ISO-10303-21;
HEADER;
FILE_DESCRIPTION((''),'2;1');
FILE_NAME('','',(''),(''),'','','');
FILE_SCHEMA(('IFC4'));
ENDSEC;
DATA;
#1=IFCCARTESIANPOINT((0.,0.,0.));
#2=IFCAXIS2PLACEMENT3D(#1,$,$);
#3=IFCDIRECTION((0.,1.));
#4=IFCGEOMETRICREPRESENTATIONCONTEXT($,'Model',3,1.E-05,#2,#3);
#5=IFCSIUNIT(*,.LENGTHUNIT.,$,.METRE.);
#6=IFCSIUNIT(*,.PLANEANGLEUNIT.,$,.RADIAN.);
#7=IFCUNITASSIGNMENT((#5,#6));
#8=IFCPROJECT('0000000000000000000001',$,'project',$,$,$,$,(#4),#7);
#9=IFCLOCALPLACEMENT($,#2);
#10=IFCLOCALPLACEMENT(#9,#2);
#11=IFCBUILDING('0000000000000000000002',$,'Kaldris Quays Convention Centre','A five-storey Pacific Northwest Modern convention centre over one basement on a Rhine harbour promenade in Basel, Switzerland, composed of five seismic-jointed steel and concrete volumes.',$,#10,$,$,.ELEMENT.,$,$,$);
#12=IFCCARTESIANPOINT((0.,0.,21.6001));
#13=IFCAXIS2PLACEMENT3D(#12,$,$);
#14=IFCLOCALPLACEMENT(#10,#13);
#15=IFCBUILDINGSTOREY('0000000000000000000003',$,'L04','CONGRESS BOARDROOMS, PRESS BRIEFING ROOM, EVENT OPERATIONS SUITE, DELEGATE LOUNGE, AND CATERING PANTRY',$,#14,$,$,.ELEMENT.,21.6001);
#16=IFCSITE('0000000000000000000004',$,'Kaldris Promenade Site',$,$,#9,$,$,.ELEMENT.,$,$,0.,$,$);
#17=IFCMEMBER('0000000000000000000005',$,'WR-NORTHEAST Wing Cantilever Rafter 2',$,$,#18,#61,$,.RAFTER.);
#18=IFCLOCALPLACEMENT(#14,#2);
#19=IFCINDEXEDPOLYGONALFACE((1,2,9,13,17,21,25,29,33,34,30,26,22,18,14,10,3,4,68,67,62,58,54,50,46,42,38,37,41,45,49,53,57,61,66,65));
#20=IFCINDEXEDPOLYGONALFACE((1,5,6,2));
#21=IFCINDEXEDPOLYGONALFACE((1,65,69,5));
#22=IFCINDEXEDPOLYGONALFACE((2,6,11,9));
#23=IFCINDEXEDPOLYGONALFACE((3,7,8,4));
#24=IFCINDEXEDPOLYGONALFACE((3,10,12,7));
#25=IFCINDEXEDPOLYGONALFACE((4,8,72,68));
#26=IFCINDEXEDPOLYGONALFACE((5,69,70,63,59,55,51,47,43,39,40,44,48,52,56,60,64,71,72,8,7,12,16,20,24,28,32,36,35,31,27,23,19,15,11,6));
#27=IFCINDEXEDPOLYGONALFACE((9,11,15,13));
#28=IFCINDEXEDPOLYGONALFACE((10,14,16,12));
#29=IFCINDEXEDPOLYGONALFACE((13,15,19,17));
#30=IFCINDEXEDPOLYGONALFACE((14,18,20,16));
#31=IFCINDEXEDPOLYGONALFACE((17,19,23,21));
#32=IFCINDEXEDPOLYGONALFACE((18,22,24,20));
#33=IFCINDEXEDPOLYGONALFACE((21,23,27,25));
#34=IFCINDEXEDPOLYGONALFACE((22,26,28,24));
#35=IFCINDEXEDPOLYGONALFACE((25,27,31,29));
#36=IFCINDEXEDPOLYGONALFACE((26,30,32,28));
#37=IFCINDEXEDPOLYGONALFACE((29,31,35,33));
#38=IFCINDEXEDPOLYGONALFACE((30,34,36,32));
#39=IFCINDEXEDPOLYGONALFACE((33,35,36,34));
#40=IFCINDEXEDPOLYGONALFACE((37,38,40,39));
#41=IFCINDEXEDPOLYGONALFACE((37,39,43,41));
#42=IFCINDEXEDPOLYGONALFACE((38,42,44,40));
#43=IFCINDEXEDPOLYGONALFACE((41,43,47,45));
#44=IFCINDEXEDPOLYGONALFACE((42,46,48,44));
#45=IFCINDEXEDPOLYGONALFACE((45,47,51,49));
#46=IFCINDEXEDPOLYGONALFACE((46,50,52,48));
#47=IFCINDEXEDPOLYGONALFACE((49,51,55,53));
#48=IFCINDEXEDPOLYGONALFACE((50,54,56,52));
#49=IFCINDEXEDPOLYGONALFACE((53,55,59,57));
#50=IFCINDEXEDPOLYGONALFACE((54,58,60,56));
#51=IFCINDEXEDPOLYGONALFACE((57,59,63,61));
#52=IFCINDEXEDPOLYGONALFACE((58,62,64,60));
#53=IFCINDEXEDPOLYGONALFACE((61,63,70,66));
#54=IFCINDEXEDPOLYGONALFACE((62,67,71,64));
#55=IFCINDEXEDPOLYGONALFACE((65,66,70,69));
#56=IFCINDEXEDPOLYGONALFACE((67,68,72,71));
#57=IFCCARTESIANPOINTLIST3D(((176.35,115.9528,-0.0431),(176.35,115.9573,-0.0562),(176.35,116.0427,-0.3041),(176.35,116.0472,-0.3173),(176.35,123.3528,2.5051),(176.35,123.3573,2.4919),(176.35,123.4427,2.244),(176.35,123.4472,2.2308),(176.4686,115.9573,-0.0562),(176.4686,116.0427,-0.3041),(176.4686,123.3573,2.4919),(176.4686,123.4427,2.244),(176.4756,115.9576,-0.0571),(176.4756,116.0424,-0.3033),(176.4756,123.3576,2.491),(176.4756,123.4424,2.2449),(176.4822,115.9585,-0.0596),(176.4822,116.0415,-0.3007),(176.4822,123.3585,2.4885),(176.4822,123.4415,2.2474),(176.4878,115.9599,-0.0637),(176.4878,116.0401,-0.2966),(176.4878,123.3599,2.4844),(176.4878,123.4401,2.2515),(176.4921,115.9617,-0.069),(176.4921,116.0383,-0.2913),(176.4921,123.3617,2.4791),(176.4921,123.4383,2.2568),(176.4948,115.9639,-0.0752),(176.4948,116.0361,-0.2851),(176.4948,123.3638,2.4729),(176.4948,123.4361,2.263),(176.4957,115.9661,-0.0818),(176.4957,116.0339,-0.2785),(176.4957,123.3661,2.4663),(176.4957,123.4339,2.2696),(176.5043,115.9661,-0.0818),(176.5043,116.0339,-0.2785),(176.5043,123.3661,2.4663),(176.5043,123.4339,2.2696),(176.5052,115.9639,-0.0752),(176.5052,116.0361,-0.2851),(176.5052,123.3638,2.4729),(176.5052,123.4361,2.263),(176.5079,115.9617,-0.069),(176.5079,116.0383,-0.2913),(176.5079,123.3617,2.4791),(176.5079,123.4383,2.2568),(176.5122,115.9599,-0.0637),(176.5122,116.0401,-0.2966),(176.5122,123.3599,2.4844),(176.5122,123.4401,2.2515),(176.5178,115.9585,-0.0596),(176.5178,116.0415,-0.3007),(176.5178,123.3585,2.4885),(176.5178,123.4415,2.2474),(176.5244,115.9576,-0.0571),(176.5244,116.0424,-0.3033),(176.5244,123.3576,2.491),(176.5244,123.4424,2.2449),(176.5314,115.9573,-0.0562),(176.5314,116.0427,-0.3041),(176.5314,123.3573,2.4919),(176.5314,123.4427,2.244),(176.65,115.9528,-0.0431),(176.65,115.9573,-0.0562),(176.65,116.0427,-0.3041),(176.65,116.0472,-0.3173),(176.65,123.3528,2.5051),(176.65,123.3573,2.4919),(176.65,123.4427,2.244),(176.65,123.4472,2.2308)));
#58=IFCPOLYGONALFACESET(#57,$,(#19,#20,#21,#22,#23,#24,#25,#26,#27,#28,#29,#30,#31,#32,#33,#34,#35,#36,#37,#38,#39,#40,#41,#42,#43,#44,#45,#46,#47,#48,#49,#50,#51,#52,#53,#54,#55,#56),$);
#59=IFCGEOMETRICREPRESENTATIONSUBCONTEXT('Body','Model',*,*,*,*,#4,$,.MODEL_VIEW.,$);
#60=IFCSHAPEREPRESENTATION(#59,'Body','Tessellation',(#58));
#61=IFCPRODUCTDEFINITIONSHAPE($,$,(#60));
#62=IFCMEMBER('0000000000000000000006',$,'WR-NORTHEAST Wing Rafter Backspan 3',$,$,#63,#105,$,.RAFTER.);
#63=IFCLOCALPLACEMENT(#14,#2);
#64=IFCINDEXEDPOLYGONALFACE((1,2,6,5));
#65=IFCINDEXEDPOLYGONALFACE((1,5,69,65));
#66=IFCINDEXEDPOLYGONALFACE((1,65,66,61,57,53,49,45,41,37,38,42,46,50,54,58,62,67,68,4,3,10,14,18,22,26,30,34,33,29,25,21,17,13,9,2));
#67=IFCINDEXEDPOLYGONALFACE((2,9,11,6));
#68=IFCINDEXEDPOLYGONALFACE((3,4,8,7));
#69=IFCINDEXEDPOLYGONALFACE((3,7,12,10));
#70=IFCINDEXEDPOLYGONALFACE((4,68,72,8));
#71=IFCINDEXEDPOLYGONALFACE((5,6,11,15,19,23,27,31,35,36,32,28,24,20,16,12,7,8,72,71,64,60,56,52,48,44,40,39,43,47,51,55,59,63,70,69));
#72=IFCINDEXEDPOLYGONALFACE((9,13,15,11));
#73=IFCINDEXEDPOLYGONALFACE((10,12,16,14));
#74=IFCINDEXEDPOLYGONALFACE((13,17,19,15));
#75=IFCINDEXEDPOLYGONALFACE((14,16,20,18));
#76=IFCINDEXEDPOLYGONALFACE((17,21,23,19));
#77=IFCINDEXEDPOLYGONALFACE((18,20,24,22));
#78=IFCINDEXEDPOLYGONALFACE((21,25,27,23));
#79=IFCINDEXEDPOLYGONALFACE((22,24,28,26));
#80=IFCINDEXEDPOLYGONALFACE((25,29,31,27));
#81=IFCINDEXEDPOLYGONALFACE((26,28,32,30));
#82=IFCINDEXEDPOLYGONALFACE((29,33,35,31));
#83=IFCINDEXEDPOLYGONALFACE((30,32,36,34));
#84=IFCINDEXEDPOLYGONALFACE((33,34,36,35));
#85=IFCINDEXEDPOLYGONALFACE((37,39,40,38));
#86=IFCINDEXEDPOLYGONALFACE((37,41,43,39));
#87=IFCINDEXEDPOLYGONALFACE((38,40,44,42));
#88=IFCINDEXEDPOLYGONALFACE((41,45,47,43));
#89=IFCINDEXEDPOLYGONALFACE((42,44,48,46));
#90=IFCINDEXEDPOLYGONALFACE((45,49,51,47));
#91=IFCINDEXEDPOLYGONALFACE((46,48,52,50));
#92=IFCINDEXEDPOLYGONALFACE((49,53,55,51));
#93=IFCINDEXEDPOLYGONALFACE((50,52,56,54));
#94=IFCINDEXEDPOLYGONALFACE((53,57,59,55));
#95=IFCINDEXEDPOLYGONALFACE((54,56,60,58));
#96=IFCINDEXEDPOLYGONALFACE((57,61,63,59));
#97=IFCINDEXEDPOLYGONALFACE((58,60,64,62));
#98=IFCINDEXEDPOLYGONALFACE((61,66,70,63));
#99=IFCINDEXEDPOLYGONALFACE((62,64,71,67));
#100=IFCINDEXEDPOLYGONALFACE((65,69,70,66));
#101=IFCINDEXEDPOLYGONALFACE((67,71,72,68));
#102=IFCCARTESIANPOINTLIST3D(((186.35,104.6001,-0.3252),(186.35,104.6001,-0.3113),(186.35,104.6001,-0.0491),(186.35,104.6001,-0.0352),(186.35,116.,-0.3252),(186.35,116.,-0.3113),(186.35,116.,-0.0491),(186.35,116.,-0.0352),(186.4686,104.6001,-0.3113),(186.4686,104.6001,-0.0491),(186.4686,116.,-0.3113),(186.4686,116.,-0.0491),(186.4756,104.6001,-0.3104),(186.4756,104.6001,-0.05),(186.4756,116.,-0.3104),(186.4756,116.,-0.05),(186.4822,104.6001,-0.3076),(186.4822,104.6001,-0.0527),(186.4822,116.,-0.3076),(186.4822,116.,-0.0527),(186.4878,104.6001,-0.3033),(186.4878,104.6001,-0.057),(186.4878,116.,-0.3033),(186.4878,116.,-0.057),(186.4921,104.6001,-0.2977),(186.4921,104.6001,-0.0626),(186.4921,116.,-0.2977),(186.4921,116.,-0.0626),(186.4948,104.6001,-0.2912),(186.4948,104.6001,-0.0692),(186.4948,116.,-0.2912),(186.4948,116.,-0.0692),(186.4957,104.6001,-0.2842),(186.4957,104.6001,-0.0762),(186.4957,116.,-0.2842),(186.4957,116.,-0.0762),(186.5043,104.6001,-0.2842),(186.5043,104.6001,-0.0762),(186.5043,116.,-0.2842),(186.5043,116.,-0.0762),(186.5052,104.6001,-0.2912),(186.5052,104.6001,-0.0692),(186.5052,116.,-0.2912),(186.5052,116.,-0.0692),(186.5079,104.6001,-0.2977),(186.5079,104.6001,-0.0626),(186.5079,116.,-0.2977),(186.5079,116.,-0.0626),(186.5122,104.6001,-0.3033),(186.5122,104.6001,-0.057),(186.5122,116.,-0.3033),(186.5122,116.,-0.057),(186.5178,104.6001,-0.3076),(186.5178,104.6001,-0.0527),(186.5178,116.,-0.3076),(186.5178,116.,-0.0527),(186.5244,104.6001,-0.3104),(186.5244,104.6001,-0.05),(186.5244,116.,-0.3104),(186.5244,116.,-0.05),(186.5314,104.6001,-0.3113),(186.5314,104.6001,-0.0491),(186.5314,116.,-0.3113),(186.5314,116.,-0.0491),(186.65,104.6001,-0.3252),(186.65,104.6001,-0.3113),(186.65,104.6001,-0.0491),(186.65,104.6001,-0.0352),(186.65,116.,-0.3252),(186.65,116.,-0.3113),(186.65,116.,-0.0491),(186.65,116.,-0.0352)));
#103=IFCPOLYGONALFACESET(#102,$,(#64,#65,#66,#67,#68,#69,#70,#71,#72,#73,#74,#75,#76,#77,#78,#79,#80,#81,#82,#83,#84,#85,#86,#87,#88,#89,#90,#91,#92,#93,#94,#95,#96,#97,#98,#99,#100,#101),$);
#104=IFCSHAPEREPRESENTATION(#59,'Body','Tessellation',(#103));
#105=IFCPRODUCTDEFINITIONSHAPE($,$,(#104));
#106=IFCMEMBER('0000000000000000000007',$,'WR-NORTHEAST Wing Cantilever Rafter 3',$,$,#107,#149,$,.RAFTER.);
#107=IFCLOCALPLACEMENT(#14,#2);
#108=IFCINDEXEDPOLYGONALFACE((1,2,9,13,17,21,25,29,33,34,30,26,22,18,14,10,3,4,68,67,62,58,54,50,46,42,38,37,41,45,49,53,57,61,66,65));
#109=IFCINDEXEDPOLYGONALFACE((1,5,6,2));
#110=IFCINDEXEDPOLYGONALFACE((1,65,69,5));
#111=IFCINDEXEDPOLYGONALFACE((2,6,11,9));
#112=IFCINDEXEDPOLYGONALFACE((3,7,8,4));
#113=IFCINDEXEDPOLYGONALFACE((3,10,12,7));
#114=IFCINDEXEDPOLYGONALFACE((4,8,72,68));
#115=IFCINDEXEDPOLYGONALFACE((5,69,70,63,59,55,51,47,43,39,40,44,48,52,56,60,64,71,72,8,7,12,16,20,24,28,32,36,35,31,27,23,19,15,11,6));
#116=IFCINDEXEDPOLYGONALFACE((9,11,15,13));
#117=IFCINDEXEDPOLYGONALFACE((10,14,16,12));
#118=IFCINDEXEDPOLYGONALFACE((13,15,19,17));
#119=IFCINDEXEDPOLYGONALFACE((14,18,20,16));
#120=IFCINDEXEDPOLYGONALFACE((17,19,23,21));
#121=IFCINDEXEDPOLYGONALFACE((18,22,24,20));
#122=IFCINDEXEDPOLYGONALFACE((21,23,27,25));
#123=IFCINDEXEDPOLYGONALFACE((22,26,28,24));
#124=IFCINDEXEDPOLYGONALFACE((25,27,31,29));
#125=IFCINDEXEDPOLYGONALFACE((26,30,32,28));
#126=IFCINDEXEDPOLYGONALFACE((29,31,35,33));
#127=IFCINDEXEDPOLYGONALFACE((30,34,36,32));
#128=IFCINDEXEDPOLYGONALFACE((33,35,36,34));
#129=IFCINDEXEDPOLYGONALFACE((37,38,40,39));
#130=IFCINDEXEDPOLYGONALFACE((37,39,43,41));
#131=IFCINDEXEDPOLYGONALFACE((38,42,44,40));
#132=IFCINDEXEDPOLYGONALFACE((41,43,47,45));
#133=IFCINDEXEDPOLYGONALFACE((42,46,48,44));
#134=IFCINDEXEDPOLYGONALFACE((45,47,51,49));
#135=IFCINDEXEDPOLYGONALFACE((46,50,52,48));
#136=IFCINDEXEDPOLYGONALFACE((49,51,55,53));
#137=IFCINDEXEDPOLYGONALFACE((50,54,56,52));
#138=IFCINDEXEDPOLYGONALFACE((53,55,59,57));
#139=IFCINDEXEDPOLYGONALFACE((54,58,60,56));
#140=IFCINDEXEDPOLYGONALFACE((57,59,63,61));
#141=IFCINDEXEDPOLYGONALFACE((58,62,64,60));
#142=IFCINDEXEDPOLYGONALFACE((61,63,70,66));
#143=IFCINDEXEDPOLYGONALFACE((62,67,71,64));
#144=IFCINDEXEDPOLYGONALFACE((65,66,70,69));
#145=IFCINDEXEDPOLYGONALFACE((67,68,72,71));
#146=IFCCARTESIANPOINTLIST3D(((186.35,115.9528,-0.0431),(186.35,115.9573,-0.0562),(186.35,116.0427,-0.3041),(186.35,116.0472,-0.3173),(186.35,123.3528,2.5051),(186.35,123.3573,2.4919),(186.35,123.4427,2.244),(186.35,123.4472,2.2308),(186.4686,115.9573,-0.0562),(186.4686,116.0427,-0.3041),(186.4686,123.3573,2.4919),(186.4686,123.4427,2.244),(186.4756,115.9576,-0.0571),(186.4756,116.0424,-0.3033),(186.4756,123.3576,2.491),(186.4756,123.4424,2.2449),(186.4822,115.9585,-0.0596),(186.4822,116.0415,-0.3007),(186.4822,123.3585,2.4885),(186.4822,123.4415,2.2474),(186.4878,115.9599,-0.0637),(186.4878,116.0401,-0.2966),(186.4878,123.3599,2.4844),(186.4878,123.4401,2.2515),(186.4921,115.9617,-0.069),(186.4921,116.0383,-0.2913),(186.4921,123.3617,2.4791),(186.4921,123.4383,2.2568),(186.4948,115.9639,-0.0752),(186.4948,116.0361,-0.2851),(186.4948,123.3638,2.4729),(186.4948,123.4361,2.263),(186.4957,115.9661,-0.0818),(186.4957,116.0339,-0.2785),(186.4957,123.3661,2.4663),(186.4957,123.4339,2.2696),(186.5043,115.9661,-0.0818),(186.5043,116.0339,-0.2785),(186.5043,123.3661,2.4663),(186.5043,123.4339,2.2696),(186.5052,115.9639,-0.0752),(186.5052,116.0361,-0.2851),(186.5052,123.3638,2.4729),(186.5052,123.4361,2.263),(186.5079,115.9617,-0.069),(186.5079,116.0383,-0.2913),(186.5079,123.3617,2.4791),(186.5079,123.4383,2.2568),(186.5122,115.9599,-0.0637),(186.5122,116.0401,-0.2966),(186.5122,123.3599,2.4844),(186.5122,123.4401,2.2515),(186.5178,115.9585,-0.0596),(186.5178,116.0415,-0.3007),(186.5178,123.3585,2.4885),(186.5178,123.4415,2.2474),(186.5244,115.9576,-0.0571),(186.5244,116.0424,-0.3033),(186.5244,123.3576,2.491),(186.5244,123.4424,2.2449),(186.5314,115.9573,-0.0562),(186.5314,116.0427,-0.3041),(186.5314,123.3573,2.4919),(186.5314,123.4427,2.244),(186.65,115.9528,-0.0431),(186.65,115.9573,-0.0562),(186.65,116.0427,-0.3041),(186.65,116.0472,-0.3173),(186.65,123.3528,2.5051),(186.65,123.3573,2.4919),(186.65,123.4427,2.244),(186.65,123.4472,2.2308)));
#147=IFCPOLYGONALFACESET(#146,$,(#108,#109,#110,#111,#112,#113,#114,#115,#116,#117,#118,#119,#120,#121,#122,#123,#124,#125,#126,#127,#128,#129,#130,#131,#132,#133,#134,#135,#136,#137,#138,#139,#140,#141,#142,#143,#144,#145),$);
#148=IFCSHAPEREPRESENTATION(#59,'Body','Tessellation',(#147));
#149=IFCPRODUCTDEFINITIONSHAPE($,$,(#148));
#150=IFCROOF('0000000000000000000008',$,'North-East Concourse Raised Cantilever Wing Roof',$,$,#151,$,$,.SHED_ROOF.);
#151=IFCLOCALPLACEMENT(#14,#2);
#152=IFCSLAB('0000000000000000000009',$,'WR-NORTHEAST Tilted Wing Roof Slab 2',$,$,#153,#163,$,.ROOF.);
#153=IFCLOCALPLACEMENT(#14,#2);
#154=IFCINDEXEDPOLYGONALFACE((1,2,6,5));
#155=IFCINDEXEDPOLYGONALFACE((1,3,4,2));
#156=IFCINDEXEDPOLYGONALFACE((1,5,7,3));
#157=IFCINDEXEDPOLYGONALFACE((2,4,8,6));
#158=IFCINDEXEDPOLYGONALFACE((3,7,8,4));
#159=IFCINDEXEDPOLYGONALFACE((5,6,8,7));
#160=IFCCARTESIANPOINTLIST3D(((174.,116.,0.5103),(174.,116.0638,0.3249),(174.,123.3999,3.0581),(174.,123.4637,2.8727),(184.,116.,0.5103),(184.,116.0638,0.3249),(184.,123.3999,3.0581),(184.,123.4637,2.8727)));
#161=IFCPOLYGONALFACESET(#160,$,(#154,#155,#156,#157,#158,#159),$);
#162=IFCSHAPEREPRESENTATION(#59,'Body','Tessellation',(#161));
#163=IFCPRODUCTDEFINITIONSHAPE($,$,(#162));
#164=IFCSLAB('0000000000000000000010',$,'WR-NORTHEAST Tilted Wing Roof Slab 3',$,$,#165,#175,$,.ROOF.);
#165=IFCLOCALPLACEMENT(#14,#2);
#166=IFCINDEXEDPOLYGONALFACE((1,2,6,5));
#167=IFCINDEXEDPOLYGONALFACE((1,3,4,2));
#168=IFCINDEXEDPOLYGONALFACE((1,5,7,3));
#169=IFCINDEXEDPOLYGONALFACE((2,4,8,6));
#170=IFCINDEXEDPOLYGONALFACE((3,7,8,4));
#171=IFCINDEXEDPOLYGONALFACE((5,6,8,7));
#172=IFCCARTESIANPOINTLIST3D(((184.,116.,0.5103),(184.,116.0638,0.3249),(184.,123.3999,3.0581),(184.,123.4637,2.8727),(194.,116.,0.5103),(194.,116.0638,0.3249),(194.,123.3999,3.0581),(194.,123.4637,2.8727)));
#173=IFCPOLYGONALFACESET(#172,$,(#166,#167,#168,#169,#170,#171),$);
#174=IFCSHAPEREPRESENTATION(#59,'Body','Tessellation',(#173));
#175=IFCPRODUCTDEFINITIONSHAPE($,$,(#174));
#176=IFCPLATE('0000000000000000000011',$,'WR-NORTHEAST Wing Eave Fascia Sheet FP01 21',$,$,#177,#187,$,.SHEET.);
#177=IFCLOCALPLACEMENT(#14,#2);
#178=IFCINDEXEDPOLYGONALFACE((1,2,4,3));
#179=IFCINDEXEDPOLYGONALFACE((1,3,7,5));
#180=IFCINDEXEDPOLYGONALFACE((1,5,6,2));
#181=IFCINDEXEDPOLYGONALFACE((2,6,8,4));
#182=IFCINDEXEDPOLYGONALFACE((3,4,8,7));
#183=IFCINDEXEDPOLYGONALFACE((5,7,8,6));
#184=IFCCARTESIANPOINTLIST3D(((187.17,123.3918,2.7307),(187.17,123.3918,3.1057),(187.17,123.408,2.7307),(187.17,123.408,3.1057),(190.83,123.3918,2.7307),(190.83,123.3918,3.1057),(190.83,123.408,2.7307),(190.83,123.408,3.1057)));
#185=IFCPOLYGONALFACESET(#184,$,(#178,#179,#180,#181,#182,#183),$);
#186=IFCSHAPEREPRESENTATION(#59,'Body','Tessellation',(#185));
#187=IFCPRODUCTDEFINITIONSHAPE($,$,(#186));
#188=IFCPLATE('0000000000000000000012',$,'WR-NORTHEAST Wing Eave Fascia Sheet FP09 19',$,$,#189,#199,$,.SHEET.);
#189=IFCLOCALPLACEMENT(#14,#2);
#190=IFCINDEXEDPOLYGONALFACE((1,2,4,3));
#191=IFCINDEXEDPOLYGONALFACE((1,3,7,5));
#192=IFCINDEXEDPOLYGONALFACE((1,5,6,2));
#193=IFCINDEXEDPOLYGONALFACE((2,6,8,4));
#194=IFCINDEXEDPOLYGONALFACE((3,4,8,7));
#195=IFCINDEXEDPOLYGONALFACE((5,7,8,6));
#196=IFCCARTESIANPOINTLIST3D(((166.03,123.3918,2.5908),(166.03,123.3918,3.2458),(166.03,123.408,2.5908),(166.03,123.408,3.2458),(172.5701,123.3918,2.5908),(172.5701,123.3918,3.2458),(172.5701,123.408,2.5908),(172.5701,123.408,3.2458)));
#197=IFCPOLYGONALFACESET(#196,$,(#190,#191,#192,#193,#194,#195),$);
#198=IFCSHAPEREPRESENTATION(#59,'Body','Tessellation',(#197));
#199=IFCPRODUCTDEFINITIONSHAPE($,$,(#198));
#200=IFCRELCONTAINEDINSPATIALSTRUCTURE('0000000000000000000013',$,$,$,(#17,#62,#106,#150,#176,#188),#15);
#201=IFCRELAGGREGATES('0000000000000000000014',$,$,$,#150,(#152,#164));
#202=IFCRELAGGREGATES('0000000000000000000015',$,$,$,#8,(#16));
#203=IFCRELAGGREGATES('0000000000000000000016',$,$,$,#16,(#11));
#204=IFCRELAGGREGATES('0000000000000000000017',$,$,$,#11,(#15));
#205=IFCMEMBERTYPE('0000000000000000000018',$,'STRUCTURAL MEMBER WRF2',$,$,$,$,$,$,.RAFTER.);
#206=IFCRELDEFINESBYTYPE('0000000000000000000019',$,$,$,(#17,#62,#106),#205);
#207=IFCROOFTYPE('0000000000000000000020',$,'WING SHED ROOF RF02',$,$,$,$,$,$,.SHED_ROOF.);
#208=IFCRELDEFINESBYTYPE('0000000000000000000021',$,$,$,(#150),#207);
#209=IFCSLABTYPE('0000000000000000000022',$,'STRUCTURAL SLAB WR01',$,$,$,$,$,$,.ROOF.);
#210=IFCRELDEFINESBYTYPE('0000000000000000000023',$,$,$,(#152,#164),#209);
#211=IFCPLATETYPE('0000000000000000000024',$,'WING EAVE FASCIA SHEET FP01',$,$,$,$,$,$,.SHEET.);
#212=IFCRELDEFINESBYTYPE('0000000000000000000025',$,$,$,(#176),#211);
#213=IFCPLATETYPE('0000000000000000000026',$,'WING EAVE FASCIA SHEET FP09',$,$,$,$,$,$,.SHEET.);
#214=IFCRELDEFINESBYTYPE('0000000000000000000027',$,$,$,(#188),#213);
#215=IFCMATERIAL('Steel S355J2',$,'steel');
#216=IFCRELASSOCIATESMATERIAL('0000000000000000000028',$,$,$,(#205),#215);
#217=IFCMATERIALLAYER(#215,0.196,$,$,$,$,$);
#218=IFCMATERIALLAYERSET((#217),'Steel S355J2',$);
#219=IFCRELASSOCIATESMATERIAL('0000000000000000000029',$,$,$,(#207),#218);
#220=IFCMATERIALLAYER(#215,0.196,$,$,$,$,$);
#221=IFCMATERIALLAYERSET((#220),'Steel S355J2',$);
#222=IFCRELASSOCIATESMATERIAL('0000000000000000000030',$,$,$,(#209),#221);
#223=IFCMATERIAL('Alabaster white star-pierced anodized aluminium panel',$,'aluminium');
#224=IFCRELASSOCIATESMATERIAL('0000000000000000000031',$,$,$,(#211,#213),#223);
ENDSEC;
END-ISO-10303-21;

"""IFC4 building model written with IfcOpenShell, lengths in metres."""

from ifc_helpers import new_model, si_unit, direction, frame, origin, origin_2d, place, context, subcontext, project, spatial, polyline, rectangle, i_section, outline, extrude, material, layer, layer_set, material_profile, profile_set, type_object, element, aggregate, save


model = new_model("IFC4")

# Units and contexts
model_context = context("Model", 3, precision=1e-05, world=origin(), true_north=direction((0.0, 1.0)))
body_context = subcontext(model_context, "Body", "Model", "MODEL_VIEW")
ifc_project = project(units=[si_unit("LENGTHUNIT", "METRE"), si_unit("PLANEANGLEUNIT", "RADIAN")], contexts=[model_context])

# Site, building, storey
site_placement = place(None, origin())
site = spatial("IfcSite", under=ifc_project, at=site_placement, Name="Kaldris Promenade Site", CompositionType="ELEMENT", RefElevation=0.0)
building_placement = place(site_placement, origin())
building = spatial("IfcBuilding", under=site, at=building_placement, Name="Kaldris Quays Convention Centre", Description="A five-storey Pacific Northwest Modern convention centre over one basement on a Rhine harbour promenade in Basel, Switzerland, composed of five seismic-jointed steel and concrete volumes.", CompositionType="ELEMENT")
storey_placement = place(building_placement, frame((0.0, 0.0, 21.6001)))
storey = spatial("IfcBuildingStorey", under=building, at=storey_placement, Name="L04", Description="CONGRESS BOARDROOMS, PRESS BRIEFING ROOM, EVENT OPERATIONS SUITE, DELEGATE LOUNGE, AND CATERING PANTRY", CompositionType="ELEMENT", Elevation=21.6001)

# Members
ifc_material_1 = material(Name="Steel S355J2", Category="steel")
ifc_material_profile_1 = material_profile(ifc_material_1, i_section(OverallWidth=0.3, OverallDepth=0.29, WebThickness=0.0085, FlangeThickness=0.0139, FilletRadius=0.0271, at=origin_2d()), Name="HEA 300")
ifc_profile_set_1 = profile_set([ifc_material_profile_1], Name="Steel S355J2")
member_type_1 = type_object("IfcMemberType", Name="STRUCTURAL MEMBER WRF2", PredefinedType="RAFTER", material=ifc_profile_set_1)
member_1_placement = place(storey_placement, frame((176.5, 116.0, -0.1802), z_axis=(0.0, 0.945514, 0.32558), x_axis=(-1.0, 0.0, 0.0)))
element("IfcMember", 1, at=member_1_placement, inside=storey, type_object=member_type_1, Name="WR-NORTHEAST Wing Cantilever Rafter 2", PredefinedType="RAFTER", context=body_context, shape_type="SweptSolid", body=[
    extrude(i_section(OverallWidth=0.3, OverallDepth=0.29, WebThickness=0.0085, FlangeThickness=0.0139, FilletRadius=0.0271, at=origin_2d()), origin(), (0.0, 0.0, 1.0), 7.8264),
])
member_2_placement = place(storey_placement, frame((186.5, 104.6001, -0.1802), z_axis=(0.0, 1.0, 0.0), x_axis=(-1.0, 0.0, 0.0)))
element("IfcMember", 2, at=member_2_placement, inside=storey, type_object=member_type_1, Name="WR-NORTHEAST Wing Rafter Backspan 3", PredefinedType="RAFTER", context=body_context, shape_type="SweptSolid", body=[
    extrude(i_section(OverallWidth=0.3, OverallDepth=0.29, WebThickness=0.0085, FlangeThickness=0.0139, FilletRadius=0.0271, at=origin_2d()), origin(), (0.0, 0.0, 1.0), 11.3999),
])
member_3_placement = place(storey_placement, frame((186.5, 116.0, -0.1802), z_axis=(0.0, 0.945514, 0.32558), x_axis=(-1.0, 0.0, 0.0)))
element("IfcMember", 3, at=member_3_placement, inside=storey, type_object=member_type_1, Name="WR-NORTHEAST Wing Cantilever Rafter 3", PredefinedType="RAFTER", context=body_context, shape_type="SweptSolid", body=[
    extrude(i_section(OverallWidth=0.3, OverallDepth=0.29, WebThickness=0.0085, FlangeThickness=0.0139, FilletRadius=0.0271, at=origin_2d()), origin(), (0.0, 0.0, 1.0), 7.8264),
])

# Roof, slabs
ifc_layer_1 = layer(ifc_material_1, 0.196)
ifc_layer_set_1 = layer_set([ifc_layer_1], Name="Steel S355J2")
roof_type = type_object("IfcRoofType", Name="WING SHED ROOF RF02", PredefinedType="SHED_ROOF", material=ifc_layer_set_1)
roof_placement = place(storey_placement, origin())
roof = element("IfcRoof", 4, at=roof_placement, inside=storey, type_object=roof_type, Name="North-East Concourse Raised Cantilever Wing Roof", PredefinedType="SHED_ROOF")
ifc_layer_2 = layer(ifc_material_1, 0.196)
ifc_layer_set_2 = layer_set([ifc_layer_2], Name="Steel S355J2")
slab_type = type_object("IfcSlabType", Name="STRUCTURAL SLAB WR01", PredefinedType="ROOF", material=ifc_layer_set_2)
slab_1_placement = place(storey_placement, frame((174.0, 116.0, 0.5103), z_axis=(0.0, -0.325552, 0.945524), x_axis=(1.0, 0.0, 0.0)))
slab_1 = element("IfcSlab", 5, at=slab_1_placement, type_object=slab_type, Name="WR-NORTHEAST Tilted Wing Roof Slab 2", PredefinedType="ROOF", context=body_context, shape_type="SweptSolid", body=[
    extrude(outline(polyline([(0.0, 0.0), (10.0, 0.0), (10.0, 7.8262), (0.0, 7.8262), (0.0, 0.0)])), origin(), (0.0, 0.0, -1.0), 0.196),
])
slab_2_placement = place(storey_placement, frame((184.0, 116.0, 0.5103), z_axis=(0.0, -0.325552, 0.945524), x_axis=(1.0, 0.0, 0.0)))
slab_2 = element("IfcSlab", 6, at=slab_2_placement, type_object=slab_type, Name="WR-NORTHEAST Tilted Wing Roof Slab 3", PredefinedType="ROOF", context=body_context, shape_type="SweptSolid", body=[
    extrude(outline(polyline([(0.0, 0.0), (10.0, 0.0), (10.0, 7.8262), (0.0, 7.8262), (0.0, 0.0)])), origin(), (0.0, 0.0, -1.0), 0.196),
])
aggregate(roof, [slab_1, slab_2])

# Plates
ifc_material_2 = material(Name="Alabaster white star-pierced anodized aluminium panel", Category="aluminium")
plate_type_1 = type_object("IfcPlateType", Name="WING EAVE FASCIA SHEET FP01", PredefinedType="SHEET", material=ifc_material_2)
plate_1_placement = place(storey_placement, frame((189.0, 123.3999, 2.7307), z_axis=(0.0, 0.0, 1.0), x_axis=(-1.0, 0.0, 0.0)))
element("IfcPlate", 7, at=plate_1_placement, inside=storey, type_object=plate_type_1, Name="WR-NORTHEAST Wing Eave Fascia Sheet FP01 21", PredefinedType="SHEET", context=body_context, shape_type="SweptSolid", body=[
    extrude(rectangle(XDim=3.6599, YDim=0.0161, at=origin_2d()), origin(), (0.0, 0.0, 1.0), 0.375),
])
plate_type_2 = type_object("IfcPlateType", Name="WING EAVE FASCIA SHEET FP09", PredefinedType="SHEET", material=ifc_material_2)
plate_2_placement = place(storey_placement, frame((169.3, 123.3999, 2.5908), z_axis=(0.0, 0.0, 1.0), x_axis=(-1.0, 0.0, 0.0)))
element("IfcPlate", 8, at=plate_2_placement, inside=storey, type_object=plate_type_2, Name="WR-NORTHEAST Wing Eave Fascia Sheet FP09 19", PredefinedType="SHEET", context=body_context, shape_type="SweptSolid", body=[
    extrude(rectangle(XDim=6.54, YDim=0.0161, at=origin_2d()), origin(), (0.0, 0.0, 1.0), 0.655),
])

save(model, "model.ifc")
